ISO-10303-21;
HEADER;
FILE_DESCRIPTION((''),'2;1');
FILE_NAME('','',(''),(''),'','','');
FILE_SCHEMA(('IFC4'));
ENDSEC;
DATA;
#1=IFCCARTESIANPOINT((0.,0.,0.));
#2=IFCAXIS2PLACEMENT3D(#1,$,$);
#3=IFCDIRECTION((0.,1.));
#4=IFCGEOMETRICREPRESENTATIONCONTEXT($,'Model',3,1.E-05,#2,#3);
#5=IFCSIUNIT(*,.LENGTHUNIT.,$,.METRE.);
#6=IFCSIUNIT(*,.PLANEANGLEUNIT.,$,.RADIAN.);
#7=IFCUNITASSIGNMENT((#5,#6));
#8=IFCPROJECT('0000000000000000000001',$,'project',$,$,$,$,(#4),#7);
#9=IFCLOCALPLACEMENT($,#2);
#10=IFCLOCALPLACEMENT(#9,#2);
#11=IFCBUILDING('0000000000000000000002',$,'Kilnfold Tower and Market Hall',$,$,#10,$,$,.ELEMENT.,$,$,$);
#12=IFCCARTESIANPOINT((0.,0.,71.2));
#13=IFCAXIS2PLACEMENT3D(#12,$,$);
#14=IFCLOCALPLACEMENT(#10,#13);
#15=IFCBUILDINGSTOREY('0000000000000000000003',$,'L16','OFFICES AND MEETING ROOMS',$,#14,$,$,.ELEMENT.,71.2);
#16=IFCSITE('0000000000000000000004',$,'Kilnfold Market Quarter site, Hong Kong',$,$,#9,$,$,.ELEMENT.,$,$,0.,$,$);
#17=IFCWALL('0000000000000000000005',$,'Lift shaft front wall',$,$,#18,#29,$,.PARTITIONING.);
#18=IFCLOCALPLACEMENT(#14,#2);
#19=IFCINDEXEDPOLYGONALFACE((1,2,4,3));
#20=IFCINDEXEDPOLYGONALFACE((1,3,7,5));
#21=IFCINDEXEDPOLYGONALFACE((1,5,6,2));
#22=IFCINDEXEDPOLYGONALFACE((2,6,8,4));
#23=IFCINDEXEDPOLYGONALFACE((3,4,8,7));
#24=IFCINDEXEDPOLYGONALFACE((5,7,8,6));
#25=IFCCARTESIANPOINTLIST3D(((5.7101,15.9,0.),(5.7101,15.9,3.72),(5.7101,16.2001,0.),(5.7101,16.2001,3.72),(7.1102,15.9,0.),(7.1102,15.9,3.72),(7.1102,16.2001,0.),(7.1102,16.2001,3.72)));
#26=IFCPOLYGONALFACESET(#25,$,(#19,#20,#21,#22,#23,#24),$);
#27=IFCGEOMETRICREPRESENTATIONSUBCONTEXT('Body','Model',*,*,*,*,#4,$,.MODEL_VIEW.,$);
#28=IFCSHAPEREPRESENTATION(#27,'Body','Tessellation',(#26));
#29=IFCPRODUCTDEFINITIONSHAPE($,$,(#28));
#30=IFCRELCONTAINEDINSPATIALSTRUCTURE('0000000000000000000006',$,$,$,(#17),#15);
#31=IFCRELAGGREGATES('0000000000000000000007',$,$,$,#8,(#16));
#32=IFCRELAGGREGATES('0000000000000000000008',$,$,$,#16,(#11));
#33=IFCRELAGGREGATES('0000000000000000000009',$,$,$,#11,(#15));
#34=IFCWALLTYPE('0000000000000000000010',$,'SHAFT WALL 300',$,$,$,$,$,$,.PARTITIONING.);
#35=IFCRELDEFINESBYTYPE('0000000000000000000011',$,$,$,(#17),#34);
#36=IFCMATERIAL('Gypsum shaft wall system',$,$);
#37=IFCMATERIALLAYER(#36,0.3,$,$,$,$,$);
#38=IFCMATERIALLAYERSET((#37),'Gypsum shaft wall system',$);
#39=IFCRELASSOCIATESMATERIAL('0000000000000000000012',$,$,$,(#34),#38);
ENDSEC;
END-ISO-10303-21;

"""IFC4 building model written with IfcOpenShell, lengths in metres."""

from ifc_helpers import new_model, si_unit, direction, frame, frame_2d, origin, place, context, subcontext, project, spatial, rectangle, extrude, source, transform, mapped, material, layer, layer_set, type_object, element, save


model = new_model("IFC4")

# Units and contexts
model_context = context("Model", 3, precision=1e-05, world=origin(), true_north=direction((0.0, 1.0)))
body_context = subcontext(model_context, "Body", "Model", "MODEL_VIEW")
ifc_project = project(units=[si_unit("LENGTHUNIT", "METRE"), si_unit("PLANEANGLEUNIT", "RADIAN")], contexts=[model_context])

# Site, building, storey
site_placement = place(None, origin())
site = spatial("IfcSite", under=ifc_project, at=site_placement, Name="Kilnfold Market Quarter site, Hong Kong", CompositionType="ELEMENT", RefElevation=0.0)
building_placement = place(site_placement, origin())
building = spatial("IfcBuilding", under=site, at=building_placement, Name="Kilnfold Tower and Market Hall", CompositionType="ELEMENT")
storey_placement = place(building_placement, frame((0.0, 0.0, 71.2)))
storey = spatial("IfcBuildingStorey", under=building, at=storey_placement, Name="L16", Description="OFFICES AND MEETING ROOMS", CompositionType="ELEMENT", Elevation=71.2)

# Shared definitions
ifc_material_1 = material(Name="Gypsum shaft wall system")
ifc_layer_1 = layer(ifc_material_1, 0.3)
ifc_layer_set_1 = layer_set([ifc_layer_1], Name="Gypsum shaft wall system")
wall_type_1 = type_object("IfcWallType", Name="SHAFT WALL 300", PredefinedType="PARTITIONING", material=ifc_layer_set_1)

# Shared definitions
shared_shape_1 = source(origin(), body_context, "Body", "SweptSolid", [
    extrude(rectangle(XDim=1.4001, YDim=0.3, at=frame_2d((0.7002, 0.0))), origin(), (0.0, 0.0, 1.0), 3.72),
])

# Wall
for number, where, z_axis, x_axis, name in (
    (1, (5.71, 16.05, 0.0), (0.0, 0.0, 1.0), (1.0, 0.0, 0.0), "Lift shaft front wall"),
):
    element("IfcWall", number, at=place(storey_placement, frame(where, z_axis=z_axis, x_axis=x_axis)), inside=storey, type_object=wall_type_1, Name=name, PredefinedType="PARTITIONING", context=body_context, shape_type="MappedRepresentation", body=[
        mapped(shared_shape_1, transform((0.0, 0.0, 0.0))),
    ])

save(model, "model.ifc")
